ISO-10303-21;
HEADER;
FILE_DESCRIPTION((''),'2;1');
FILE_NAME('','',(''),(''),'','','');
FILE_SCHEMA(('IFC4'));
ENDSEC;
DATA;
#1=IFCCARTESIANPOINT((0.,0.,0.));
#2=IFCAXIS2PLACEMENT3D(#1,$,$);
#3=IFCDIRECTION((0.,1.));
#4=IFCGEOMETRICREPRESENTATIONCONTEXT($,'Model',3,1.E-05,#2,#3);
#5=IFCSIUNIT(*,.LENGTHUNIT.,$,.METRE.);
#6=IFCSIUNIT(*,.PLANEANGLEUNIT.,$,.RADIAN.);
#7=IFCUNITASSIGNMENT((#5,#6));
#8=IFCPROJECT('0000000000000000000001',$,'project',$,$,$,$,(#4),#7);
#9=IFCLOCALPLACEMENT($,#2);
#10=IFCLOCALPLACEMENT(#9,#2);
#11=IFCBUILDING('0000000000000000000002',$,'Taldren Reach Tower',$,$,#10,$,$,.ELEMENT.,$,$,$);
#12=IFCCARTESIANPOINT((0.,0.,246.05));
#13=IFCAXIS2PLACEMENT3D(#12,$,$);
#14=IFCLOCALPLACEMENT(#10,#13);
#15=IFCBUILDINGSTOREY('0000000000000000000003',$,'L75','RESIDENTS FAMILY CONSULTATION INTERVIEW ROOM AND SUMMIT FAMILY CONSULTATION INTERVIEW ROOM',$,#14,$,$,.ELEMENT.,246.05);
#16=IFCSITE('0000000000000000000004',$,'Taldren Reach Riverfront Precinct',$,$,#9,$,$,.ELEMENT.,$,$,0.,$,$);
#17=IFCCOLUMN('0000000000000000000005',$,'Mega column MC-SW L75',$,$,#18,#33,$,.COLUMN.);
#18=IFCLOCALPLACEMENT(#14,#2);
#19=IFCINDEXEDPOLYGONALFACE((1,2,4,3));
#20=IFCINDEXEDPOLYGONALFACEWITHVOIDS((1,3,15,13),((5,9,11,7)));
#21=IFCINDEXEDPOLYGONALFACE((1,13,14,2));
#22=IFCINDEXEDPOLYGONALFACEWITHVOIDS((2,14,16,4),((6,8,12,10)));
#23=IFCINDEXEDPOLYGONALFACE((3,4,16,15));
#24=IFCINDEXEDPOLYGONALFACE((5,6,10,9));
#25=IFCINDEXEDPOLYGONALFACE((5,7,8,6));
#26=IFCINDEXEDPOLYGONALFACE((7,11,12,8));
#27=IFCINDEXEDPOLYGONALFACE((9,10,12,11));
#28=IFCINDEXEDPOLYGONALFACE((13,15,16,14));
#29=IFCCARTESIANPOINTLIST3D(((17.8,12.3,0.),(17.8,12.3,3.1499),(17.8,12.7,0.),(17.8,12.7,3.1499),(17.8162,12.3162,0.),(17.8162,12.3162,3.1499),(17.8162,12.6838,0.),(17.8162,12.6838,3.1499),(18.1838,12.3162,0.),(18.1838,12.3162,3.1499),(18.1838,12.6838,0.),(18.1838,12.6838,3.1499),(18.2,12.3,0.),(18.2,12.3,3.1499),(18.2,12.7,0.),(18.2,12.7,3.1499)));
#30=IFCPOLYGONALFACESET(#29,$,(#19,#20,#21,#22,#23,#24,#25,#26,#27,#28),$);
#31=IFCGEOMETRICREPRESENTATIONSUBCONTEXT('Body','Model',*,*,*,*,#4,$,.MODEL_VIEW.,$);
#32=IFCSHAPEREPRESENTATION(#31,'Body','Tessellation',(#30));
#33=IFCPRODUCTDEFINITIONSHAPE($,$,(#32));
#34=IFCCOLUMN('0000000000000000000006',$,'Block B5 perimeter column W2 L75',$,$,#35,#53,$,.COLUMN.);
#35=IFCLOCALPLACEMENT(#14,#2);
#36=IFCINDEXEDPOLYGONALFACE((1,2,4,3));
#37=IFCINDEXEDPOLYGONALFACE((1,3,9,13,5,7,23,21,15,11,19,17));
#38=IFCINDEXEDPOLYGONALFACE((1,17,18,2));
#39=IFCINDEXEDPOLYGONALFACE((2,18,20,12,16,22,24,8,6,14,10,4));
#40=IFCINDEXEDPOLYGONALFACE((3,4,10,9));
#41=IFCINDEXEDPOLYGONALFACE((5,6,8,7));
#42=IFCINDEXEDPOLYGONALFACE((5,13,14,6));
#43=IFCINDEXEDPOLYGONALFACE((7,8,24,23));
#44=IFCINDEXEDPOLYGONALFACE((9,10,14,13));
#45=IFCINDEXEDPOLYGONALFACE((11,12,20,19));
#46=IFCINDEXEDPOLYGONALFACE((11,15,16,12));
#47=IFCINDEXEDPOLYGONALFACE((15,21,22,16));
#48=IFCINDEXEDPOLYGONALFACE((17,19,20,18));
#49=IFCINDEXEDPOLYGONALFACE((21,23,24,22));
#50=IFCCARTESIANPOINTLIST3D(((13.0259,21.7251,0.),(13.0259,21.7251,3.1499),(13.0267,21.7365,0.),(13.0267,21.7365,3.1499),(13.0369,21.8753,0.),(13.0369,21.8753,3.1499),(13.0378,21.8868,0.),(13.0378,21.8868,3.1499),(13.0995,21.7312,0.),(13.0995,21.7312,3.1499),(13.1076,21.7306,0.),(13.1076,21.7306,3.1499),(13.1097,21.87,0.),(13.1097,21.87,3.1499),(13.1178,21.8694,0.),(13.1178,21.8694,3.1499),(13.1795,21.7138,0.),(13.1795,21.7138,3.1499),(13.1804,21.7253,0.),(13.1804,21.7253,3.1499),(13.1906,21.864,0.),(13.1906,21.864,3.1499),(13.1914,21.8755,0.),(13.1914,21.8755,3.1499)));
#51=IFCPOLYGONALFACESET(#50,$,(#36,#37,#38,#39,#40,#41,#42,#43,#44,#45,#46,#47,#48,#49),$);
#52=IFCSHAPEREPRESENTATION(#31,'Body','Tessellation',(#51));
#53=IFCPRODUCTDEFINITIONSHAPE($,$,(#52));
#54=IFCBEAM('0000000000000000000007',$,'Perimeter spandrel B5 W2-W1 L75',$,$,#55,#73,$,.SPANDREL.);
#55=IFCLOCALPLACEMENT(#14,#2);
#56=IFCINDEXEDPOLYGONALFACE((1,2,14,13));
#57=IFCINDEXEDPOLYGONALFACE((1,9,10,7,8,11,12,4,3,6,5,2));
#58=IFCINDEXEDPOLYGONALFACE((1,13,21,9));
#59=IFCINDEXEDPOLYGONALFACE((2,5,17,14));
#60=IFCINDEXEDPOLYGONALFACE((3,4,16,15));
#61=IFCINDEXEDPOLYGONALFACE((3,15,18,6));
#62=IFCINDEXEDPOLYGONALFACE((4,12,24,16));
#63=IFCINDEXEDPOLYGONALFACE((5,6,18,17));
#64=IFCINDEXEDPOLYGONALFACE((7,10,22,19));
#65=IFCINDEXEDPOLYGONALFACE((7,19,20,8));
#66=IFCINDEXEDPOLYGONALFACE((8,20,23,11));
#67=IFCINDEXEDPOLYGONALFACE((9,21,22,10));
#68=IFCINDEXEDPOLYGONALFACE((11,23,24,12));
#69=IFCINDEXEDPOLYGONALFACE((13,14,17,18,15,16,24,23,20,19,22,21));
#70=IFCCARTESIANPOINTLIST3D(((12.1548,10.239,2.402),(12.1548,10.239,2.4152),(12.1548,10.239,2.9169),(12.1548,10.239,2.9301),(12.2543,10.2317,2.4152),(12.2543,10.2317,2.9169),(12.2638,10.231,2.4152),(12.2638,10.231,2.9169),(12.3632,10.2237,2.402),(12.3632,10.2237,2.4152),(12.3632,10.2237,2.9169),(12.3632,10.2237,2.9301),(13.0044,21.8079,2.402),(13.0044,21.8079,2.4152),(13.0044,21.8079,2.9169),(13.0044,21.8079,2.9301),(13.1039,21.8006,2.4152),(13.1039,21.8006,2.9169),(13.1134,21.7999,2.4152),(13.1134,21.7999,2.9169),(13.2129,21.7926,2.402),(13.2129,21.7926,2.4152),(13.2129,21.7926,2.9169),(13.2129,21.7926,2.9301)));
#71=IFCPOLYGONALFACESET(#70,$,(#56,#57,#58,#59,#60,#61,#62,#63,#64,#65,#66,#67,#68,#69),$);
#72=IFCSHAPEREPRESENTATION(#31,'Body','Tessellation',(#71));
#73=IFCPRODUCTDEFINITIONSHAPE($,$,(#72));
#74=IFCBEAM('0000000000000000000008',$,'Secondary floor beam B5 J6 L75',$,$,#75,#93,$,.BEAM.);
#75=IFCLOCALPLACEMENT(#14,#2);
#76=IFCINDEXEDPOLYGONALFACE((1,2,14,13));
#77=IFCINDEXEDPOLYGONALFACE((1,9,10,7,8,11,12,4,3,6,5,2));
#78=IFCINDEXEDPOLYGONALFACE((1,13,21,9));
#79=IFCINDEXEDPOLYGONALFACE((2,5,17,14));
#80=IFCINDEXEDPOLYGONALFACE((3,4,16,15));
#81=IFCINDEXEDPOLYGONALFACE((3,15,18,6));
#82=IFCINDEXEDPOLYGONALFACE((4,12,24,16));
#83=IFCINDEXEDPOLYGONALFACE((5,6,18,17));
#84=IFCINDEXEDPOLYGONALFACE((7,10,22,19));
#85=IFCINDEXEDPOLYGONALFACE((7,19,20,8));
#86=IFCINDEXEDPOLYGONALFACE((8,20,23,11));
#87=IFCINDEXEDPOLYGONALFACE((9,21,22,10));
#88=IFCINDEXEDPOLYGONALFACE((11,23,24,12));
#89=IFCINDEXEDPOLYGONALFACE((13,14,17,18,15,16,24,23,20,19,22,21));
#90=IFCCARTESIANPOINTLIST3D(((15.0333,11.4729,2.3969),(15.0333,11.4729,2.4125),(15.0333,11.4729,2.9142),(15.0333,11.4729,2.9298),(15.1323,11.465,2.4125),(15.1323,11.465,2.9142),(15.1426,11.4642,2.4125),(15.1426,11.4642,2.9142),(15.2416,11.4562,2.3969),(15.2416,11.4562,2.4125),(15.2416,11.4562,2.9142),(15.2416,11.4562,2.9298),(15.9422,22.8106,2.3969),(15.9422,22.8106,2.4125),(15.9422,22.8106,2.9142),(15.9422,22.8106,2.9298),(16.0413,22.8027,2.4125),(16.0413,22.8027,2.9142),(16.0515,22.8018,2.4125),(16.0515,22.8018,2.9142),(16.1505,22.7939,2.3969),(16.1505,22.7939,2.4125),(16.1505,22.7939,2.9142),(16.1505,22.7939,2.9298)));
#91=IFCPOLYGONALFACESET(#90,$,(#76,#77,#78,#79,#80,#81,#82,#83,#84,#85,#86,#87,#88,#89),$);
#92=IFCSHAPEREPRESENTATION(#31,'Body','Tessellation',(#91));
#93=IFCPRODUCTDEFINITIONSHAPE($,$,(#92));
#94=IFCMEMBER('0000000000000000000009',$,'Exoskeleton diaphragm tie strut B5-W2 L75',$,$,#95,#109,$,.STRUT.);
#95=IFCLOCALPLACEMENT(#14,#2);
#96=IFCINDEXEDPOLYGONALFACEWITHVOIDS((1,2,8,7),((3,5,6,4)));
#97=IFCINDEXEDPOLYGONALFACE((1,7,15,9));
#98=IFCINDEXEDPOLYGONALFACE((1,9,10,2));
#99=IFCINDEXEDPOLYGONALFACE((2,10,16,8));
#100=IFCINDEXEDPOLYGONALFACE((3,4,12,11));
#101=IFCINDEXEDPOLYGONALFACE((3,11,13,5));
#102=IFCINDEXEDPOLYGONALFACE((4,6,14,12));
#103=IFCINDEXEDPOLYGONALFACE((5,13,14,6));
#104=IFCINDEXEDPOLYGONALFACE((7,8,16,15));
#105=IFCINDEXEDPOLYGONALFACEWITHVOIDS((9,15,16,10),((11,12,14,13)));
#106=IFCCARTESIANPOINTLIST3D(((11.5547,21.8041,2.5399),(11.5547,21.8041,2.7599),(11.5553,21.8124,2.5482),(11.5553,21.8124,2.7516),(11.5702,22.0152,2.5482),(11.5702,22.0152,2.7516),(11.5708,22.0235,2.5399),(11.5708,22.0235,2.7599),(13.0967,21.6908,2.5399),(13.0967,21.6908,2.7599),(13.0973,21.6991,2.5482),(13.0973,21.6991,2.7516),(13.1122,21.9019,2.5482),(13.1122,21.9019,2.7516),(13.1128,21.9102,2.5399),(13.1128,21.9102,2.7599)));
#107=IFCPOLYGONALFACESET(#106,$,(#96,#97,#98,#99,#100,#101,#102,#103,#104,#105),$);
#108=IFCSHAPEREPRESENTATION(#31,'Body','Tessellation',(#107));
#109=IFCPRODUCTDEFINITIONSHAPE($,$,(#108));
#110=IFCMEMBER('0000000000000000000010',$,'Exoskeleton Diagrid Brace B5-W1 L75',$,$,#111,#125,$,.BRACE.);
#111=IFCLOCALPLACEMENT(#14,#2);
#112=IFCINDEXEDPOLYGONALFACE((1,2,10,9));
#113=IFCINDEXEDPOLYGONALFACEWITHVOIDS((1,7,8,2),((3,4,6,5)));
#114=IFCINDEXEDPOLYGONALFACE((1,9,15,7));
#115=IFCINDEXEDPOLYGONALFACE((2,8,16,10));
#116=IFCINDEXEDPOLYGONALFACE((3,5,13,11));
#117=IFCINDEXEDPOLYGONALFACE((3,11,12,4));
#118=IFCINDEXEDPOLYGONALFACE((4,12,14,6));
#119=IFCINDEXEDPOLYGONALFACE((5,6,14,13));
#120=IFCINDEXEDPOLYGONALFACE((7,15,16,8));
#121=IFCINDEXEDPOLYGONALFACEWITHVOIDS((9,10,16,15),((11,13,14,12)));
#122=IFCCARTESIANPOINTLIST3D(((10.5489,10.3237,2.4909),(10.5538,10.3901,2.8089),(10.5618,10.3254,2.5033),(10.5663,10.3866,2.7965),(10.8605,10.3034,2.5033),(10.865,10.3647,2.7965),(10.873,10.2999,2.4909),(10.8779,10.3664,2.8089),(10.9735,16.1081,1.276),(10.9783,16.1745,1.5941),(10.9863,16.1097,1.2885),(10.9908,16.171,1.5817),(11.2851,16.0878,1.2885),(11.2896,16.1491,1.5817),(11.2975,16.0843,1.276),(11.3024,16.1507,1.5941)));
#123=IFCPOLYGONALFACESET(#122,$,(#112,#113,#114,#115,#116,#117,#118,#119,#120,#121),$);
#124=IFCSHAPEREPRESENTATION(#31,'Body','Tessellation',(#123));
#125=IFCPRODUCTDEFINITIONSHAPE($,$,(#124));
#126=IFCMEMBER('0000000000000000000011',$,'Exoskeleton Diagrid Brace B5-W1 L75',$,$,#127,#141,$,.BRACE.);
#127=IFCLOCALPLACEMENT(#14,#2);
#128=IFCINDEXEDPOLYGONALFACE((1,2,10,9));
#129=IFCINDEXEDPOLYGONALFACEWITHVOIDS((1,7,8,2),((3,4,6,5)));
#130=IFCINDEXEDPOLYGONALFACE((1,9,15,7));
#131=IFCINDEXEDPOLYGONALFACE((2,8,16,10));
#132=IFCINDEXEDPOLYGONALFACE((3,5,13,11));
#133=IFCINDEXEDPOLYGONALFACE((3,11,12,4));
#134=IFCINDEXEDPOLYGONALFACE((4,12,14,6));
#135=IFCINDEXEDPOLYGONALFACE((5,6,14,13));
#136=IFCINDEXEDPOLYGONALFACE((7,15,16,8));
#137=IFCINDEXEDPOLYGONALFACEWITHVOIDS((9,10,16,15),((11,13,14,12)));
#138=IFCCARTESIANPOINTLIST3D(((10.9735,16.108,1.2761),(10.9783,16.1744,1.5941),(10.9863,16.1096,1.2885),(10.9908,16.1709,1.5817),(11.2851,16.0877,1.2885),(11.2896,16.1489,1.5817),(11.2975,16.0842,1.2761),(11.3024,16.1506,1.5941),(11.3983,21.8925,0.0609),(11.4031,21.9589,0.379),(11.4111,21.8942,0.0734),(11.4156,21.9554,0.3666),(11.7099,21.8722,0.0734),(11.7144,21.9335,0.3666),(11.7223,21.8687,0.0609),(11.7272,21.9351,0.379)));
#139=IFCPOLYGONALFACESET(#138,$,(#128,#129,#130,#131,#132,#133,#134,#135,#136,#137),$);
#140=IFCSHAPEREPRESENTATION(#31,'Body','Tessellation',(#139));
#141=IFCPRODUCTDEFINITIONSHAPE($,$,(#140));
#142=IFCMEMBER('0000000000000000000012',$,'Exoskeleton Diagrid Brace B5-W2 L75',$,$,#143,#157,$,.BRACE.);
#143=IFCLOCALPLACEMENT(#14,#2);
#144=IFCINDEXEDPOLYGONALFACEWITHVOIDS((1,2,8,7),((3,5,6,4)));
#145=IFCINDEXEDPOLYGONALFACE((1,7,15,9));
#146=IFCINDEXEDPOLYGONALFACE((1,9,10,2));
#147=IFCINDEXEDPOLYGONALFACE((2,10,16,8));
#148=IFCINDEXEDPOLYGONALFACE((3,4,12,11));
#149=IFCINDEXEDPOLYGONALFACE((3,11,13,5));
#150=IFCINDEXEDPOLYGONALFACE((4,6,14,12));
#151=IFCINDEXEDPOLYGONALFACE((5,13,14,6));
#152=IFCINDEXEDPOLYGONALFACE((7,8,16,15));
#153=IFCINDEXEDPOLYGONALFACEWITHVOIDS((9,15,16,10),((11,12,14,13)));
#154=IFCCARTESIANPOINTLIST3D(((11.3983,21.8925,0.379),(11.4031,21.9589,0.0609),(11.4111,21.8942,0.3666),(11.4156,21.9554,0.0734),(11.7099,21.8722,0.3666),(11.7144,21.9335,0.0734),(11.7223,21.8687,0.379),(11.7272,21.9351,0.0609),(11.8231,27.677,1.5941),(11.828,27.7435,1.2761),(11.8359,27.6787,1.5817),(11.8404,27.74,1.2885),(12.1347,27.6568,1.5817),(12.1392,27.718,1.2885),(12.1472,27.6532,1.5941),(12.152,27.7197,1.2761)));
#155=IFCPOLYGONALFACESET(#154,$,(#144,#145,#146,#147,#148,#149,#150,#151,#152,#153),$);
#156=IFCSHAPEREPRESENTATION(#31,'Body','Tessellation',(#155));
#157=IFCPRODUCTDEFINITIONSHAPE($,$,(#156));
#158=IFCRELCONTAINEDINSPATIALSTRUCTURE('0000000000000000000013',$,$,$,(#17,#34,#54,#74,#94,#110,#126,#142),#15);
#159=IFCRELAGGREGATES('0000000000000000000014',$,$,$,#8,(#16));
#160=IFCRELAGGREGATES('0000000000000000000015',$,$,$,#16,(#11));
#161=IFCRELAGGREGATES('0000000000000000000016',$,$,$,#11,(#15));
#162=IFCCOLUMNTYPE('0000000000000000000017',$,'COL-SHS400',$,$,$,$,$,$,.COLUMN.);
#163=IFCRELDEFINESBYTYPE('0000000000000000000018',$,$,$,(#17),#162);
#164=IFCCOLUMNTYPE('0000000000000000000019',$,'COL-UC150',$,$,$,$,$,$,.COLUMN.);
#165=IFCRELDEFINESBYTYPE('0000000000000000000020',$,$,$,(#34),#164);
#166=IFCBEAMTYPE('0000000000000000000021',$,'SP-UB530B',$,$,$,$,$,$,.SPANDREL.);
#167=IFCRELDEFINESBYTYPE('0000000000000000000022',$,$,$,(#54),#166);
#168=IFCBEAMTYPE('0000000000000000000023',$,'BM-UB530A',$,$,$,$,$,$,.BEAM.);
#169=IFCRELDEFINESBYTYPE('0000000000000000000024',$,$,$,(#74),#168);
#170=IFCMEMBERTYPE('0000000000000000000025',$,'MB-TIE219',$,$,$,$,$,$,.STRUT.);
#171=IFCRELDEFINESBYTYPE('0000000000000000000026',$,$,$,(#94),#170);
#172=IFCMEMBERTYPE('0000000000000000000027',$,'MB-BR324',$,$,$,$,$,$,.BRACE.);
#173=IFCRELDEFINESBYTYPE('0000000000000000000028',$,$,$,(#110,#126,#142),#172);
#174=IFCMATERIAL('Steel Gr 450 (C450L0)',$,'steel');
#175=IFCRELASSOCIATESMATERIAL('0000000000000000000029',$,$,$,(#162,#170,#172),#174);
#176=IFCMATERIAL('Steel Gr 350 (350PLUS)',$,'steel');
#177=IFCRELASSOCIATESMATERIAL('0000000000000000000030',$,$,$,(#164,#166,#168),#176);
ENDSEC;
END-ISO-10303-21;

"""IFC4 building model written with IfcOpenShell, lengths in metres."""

from ifc_helpers import new_model, si_unit, direction, frame, origin, origin_2d, place, context, subcontext, project, spatial, hollow_rectangle, i_section, extrude, source, transform, mapped, material, material_profile, profile_set, type_object, element, save


model = new_model("IFC4")

# Units and contexts
model_context = context("Model", 3, precision=1e-05, world=origin(), true_north=direction((0.0, 1.0)))
body_context = subcontext(model_context, "Body", "Model", "MODEL_VIEW")
ifc_project = project(units=[si_unit("LENGTHUNIT", "METRE"), si_unit("PLANEANGLEUNIT", "RADIAN")], contexts=[model_context])

# Site, building, storey
site_placement = place(None, origin())
site = spatial("IfcSite", under=ifc_project, at=site_placement, Name="Taldren Reach Riverfront Precinct", CompositionType="ELEMENT", RefElevation=0.0)
building_placement = place(site_placement, origin())
building = spatial("IfcBuilding", under=site, at=building_placement, Name="Taldren Reach Tower", CompositionType="ELEMENT")
storey_placement = place(building_placement, frame((0.0, 0.0, 246.05)))
storey = spatial("IfcBuildingStorey", under=building, at=storey_placement, Name="L75", Description="RESIDENTS FAMILY CONSULTATION INTERVIEW ROOM AND SUMMIT FAMILY CONSULTATION INTERVIEW ROOM", CompositionType="ELEMENT", Elevation=246.05)

# Columns
ifc_material_1 = material(Name="Steel Gr 450 (C450L0)", Category="steel")
ifc_material_profile_1 = material_profile(ifc_material_1, hollow_rectangle(XDim=0.3999, YDim=0.3999, WallThickness=0.0161, at=origin_2d()), Name="400x400x16.0SHS")
ifc_profile_set_1 = profile_set([ifc_material_profile_1], Name="Steel Gr 450 (C450L0)")
column_type_1 = type_object("IfcColumnType", Name="COL-SHS400", PredefinedType="COLUMN", material=ifc_profile_set_1)
shared_shape_1 = source(origin(), body_context, "Body", "SweptSolid", [
    extrude(hollow_rectangle(XDim=0.3999, YDim=0.3999, WallThickness=0.0161, at=origin_2d()), origin(), (0.0, 0.0, 1.0), 3.1499),
])
column_1_placement = place(storey_placement, frame((18.0, 12.5, 0.0), z_axis=(0.0, 0.0, 1.0), x_axis=(1.0, 0.0, 0.0)))
element("IfcColumn", 1, at=column_1_placement, inside=storey, type_object=column_type_1, Name="Mega column MC-SW L75", PredefinedType="COLUMN", context=body_context, shape_type="MappedRepresentation", body=[
    mapped(shared_shape_1, transform((0.0, 0.0, 0.0), scale=1.0)),
])
ifc_material_2 = material(Name="Steel Gr 350 (350PLUS)", Category="steel")
ifc_material_profile_2 = material_profile(ifc_material_2, i_section(OverallWidth=0.1541, OverallDepth=0.1621, WebThickness=0.0081, FlangeThickness=0.0115, at=origin_2d()), Name="150UC37.2")
ifc_profile_set_2 = profile_set([ifc_material_profile_2], Name="Steel Gr 350 (350PLUS)")
column_type_2 = type_object("IfcColumnType", Name="COL-UC150", PredefinedType="COLUMN", material=ifc_profile_set_2)
shared_shape_2 = source(origin(), body_context, "Body", "SweptSolid", [
    extrude(i_section(OverallWidth=0.1541, OverallDepth=0.1621, WebThickness=0.0081, FlangeThickness=0.0115, at=origin_2d()), origin(), (0.0, 0.0, 1.0), 3.1499),
])
column_2_placement = place(storey_placement, frame((13.1086, 21.8003, 0.0), z_axis=(0.0, 0.0, 1.0), x_axis=(0.997314, -0.073238, 0.0)))
element("IfcColumn", 2, at=column_2_placement, inside=storey, type_object=column_type_2, Name="Block B5 perimeter column W2 L75", PredefinedType="COLUMN", context=body_context, shape_type="MappedRepresentation", body=[
    mapped(shared_shape_2, transform((0.0, 0.0, 0.0), scale=1.0)),
])

# Beams
ifc_material_profile_3 = material_profile(ifc_material_2, i_section(OverallWidth=0.209, OverallDepth=0.5281, WebThickness=0.0095, FlangeThickness=0.0132, at=origin_2d()), Name="530UB82.0")
ifc_profile_set_3 = profile_set([ifc_material_profile_3], Name="Steel Gr 350 (350PLUS)")
beam_type_1 = type_object("IfcBeamType", Name="SP-UB530B", PredefinedType="SPANDREL", material=ifc_profile_set_3)
shared_shape_3 = source(origin(), body_context, "Body", "SweptSolid", [
    extrude(i_section(OverallWidth=0.209, OverallDepth=0.5281, WebThickness=0.0095, FlangeThickness=0.0132, at=origin_2d()), origin(), (0.0, 0.0, 1.0), 11.6001),
])
beam_1_placement = place(storey_placement, frame((13.1086, 21.8003, 2.666), z_axis=(-0.073242, -0.997314, 0.0), x_axis=(0.997314, -0.073242, 0.0)))
element("IfcBeam", 3, at=beam_1_placement, inside=storey, type_object=beam_type_1, Name="Perimeter spandrel B5 W2-W1 L75", PredefinedType="SPANDREL", context=body_context, shape_type="MappedRepresentation", body=[
    mapped(shared_shape_3, transform((0.0, 0.0, 0.0), scale=1.0)),
])
ifc_material_profile_4 = material_profile(ifc_material_2, i_section(OverallWidth=0.209, OverallDepth=0.533, WebThickness=0.0103, FlangeThickness=0.0156, at=origin_2d()), Name="530UB92.4")
ifc_profile_set_4 = profile_set([ifc_material_profile_4], Name="Steel Gr 350 (350PLUS)")
beam_type_2 = type_object("IfcBeamType", Name="BM-UB530A", PredefinedType="BEAM", material=ifc_profile_set_4)
shared_shape_4 = source(origin(), body_context, "Body", "SweptSolid", [
    extrude(i_section(OverallWidth=0.209, OverallDepth=0.533, WebThickness=0.0103, FlangeThickness=0.0156, at=origin_2d()), origin(), (0.0, 0.0, 1.0), 11.374),
])
beam_2_placement = place(storey_placement, frame((15.1375, 11.4646, 2.6633), z_axis=(0.079913, 0.996802, 0.0), x_axis=(-0.996802, 0.079913, 0.0)))
element("IfcBeam", 4, at=beam_2_placement, inside=storey, type_object=beam_type_2, Name="Secondary floor beam B5 J6 L75", PredefinedType="BEAM", context=body_context, shape_type="MappedRepresentation", body=[
    mapped(shared_shape_4, transform((0.0, 0.0, 0.0), scale=1.0)),
])

# Members
ifc_material_profile_5 = material_profile(ifc_material_1, hollow_rectangle(XDim=0.22, YDim=0.22, WallThickness=0.0083, at=origin_2d()), Name="220x220x8.2SHS")
ifc_profile_set_5 = profile_set([ifc_material_profile_5], Name="Steel Gr 450 (C450L0)")
member_type_1 = type_object("IfcMemberType", Name="MB-TIE219", PredefinedType="STRUT", material=ifc_profile_set_5)
shared_shape_5 = source(origin(), body_context, "Body", "SweptSolid", [
    extrude(hollow_rectangle(XDim=0.22, YDim=0.22, WallThickness=0.0083, at=origin_2d()), origin(), (0.0, 0.0, 1.0), 1.5461),
])
member_1_placement = place(storey_placement, frame((13.1047, 21.8005, 2.6499), z_axis=(-0.997312, 0.073267, 0.0), x_axis=(-0.073267, -0.997312, 0.0)))
element("IfcMember", 5, at=member_1_placement, inside=storey, type_object=member_type_1, Name="Exoskeleton diaphragm tie strut B5-W2 L75", PredefinedType="STRUT", context=body_context, shape_type="MappedRepresentation", body=[
    mapped(shared_shape_5, transform((0.0, 0.0, 0.0), scale=1.0)),
])
ifc_material_profile_6 = material_profile(ifc_material_1, hollow_rectangle(XDim=0.325, YDim=0.325, WallThickness=0.0127, at=origin_2d()), Name="325x325x12.7SHS")
ifc_profile_set_6 = profile_set([ifc_material_profile_6], Name="Steel Gr 450 (C450L0)")
member_type_2 = type_object("IfcMemberType", Name="MB-BR324", PredefinedType="BRACE", material=ifc_profile_set_6)
shared_shape_6 = source(origin(), body_context, "Body", "SweptSolid", [
    extrude(hollow_rectangle(XDim=0.325, YDim=0.325, WallThickness=0.0127, at=origin_2d()), origin(), (0.0, 0.0, 1.0), 5.9258),
])
member_2_placement = place(storey_placement, frame((11.1379, 16.1294, 1.4351), z_axis=(-0.071646, -0.976135, 0.205008), x_axis=(0.997317, -0.0732, 0.0)))
element("IfcMember", 6, at=member_2_placement, inside=storey, type_object=member_type_2, Name="Exoskeleton Diagrid Brace B5-W1 L75", PredefinedType="BRACE", context=body_context, shape_type="MappedRepresentation", body=[
    mapped(shared_shape_6, transform((0.0, 0.0, 0.0), scale=1.0)),
])
shared_shape_7 = source(origin(), body_context, "Body", "SweptSolid", [
    extrude(hollow_rectangle(XDim=0.325, YDim=0.325, WallThickness=0.0127, at=origin_2d()), origin(), (0.0, 0.0, 1.0), 5.926),
])
for number, where, z_axis, x_axis, name in (
    (7, (11.5627, 21.9138, 0.22), (-0.071686, -0.976123, 0.205046), (0.997314, -0.073242, 0.0), "Exoskeleton Diagrid Brace B5-W1 L75"),
    (8, (11.5627, 21.9138, 0.22), (0.071686, 0.976123, 0.205046), (-0.997314, 0.073242, 0.0), "Exoskeleton Diagrid Brace B5-W2 L75"),
):
    element("IfcMember", number, at=place(storey_placement, frame(where, z_axis=z_axis, x_axis=x_axis)), inside=storey, type_object=member_type_2, Name=name, PredefinedType="BRACE", context=body_context, shape_type="MappedRepresentation", body=[
        mapped(shared_shape_7, transform((0.0, 0.0, 0.0), scale=1.0)),
    ])

save(model, "model.ifc")
